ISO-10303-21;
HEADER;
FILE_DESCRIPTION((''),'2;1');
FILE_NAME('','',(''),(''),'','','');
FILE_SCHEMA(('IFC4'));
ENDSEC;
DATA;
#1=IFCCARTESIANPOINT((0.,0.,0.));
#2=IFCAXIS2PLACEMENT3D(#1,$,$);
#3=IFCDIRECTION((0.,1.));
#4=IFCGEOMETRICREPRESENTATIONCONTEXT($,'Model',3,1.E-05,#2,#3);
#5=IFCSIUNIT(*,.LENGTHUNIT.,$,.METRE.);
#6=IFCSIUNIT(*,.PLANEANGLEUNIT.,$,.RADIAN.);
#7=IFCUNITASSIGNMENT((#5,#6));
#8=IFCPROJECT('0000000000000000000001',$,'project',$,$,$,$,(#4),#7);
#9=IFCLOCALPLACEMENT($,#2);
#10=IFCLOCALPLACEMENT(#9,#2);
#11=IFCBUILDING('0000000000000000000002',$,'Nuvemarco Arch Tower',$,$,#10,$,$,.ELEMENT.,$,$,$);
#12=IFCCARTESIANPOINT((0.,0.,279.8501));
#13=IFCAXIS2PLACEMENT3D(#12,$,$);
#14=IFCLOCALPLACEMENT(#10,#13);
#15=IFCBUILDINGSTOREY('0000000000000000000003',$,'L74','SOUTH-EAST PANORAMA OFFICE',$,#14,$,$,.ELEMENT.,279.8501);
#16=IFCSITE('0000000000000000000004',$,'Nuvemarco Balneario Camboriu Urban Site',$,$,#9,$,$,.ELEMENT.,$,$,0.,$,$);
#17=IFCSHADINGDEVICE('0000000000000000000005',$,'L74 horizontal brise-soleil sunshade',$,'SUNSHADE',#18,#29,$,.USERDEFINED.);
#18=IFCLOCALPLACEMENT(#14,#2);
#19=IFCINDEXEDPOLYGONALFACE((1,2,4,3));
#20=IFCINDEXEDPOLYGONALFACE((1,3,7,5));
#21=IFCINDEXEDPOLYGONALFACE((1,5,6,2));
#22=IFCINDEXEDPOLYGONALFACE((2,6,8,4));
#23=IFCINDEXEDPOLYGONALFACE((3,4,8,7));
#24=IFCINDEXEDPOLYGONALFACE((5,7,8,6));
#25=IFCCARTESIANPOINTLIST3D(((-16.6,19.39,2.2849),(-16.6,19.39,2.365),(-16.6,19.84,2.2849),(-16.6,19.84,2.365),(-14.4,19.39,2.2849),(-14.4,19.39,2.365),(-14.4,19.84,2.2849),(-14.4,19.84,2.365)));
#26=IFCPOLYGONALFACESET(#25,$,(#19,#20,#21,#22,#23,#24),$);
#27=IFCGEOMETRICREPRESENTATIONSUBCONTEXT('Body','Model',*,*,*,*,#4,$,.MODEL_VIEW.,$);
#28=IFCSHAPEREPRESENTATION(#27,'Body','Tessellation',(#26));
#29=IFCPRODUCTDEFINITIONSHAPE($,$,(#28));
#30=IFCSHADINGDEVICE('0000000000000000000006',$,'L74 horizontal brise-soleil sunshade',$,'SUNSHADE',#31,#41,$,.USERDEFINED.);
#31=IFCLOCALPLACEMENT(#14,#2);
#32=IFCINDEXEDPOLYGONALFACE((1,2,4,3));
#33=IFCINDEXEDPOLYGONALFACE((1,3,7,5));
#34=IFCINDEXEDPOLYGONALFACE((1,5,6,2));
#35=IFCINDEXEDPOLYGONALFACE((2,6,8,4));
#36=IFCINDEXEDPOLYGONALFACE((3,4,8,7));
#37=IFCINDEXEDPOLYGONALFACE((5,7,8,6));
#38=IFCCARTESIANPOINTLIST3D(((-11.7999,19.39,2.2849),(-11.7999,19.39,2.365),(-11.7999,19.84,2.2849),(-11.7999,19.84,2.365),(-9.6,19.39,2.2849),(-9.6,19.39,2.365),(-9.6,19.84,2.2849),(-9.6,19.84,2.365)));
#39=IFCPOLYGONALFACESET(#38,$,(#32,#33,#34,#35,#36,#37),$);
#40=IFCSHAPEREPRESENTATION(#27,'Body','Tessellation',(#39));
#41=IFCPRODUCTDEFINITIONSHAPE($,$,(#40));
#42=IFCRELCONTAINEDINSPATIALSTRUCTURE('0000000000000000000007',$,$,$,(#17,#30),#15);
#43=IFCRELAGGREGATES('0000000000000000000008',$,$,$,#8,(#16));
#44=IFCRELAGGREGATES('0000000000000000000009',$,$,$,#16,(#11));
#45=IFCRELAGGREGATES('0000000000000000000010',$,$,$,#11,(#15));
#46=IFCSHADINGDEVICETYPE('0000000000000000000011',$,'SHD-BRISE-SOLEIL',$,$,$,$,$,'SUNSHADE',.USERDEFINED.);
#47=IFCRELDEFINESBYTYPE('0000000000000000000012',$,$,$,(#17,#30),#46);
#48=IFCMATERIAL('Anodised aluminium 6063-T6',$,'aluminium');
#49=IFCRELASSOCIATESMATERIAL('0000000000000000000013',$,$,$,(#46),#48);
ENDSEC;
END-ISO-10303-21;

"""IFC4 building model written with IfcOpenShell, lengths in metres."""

from ifc_helpers import new_model, si_unit, direction, frame, origin, origin_2d, place, context, subcontext, project, spatial, rectangle, extrude, source, transform, mapped, material, type_object, type_shapes, element, save


model = new_model("IFC4")

# Units and contexts
model_context = context("Model", 3, precision=1e-05, world=origin(), true_north=direction((0.0, 1.0)))
body_context = subcontext(model_context, "Body", "Model", "MODEL_VIEW")
ifc_project = project(units=[si_unit("LENGTHUNIT", "METRE"), si_unit("PLANEANGLEUNIT", "RADIAN")], contexts=[model_context])

# Site, building, storey
site_placement = place(None, origin())
site = spatial("IfcSite", under=ifc_project, at=site_placement, Name="Nuvemarco Balneario Camboriu Urban Site", CompositionType="ELEMENT", RefElevation=0.0)
building_placement = place(site_placement, origin())
building = spatial("IfcBuilding", under=site, at=building_placement, Name="Nuvemarco Arch Tower", CompositionType="ELEMENT")
storey_placement = place(building_placement, frame((0.0, 0.0, 279.8501)))
storey = spatial("IfcBuildingStorey", under=building, at=storey_placement, Name="L74", Description="SOUTH-EAST PANORAMA OFFICE", CompositionType="ELEMENT", Elevation=279.8501)

# Shading devices
ifc_material_1 = material(Name="Anodised aluminium 6063-T6", Category="aluminium")
shading_device_type = type_object("IfcShadingDeviceType", Name="SHD-BRISE-SOLEIL", ElementType="SUNSHADE", PredefinedType="USERDEFINED", material=ifc_material_1)
shared_shape_1 = source(origin(), body_context, "Body", "SweptSolid", [
    extrude(rectangle(XDim=2.2, YDim=0.45, at=origin_2d()), origin(), (0.0, 0.0, 1.0), 0.0801),
])
type_shapes(shading_device_type, [shared_shape_1])
for number, where, z_axis, x_axis, name in (
    (1, (-15.5, 19.615, 2.2849), (0.0, 0.0, 1.0), (1.0, 0.0, 0.0), "L74 horizontal brise-soleil sunshade"),
    (2, (-10.7, 19.615, 2.2849), (0.0, 0.0, 1.0), (1.0, 0.0, 0.0), "L74 horizontal brise-soleil sunshade"),
):
    element("IfcShadingDevice", number, at=place(storey_placement, frame(where, z_axis=z_axis, x_axis=x_axis)), inside=storey, type_object=shading_device_type, Name=name, ObjectType="SUNSHADE", PredefinedType="USERDEFINED", context=body_context, shape_type="MappedRepresentation", body=[
        mapped(shared_shape_1, transform((0.0, 0.0, 0.0), scale=1.0)),
    ])

save(model, "model.ifc")
